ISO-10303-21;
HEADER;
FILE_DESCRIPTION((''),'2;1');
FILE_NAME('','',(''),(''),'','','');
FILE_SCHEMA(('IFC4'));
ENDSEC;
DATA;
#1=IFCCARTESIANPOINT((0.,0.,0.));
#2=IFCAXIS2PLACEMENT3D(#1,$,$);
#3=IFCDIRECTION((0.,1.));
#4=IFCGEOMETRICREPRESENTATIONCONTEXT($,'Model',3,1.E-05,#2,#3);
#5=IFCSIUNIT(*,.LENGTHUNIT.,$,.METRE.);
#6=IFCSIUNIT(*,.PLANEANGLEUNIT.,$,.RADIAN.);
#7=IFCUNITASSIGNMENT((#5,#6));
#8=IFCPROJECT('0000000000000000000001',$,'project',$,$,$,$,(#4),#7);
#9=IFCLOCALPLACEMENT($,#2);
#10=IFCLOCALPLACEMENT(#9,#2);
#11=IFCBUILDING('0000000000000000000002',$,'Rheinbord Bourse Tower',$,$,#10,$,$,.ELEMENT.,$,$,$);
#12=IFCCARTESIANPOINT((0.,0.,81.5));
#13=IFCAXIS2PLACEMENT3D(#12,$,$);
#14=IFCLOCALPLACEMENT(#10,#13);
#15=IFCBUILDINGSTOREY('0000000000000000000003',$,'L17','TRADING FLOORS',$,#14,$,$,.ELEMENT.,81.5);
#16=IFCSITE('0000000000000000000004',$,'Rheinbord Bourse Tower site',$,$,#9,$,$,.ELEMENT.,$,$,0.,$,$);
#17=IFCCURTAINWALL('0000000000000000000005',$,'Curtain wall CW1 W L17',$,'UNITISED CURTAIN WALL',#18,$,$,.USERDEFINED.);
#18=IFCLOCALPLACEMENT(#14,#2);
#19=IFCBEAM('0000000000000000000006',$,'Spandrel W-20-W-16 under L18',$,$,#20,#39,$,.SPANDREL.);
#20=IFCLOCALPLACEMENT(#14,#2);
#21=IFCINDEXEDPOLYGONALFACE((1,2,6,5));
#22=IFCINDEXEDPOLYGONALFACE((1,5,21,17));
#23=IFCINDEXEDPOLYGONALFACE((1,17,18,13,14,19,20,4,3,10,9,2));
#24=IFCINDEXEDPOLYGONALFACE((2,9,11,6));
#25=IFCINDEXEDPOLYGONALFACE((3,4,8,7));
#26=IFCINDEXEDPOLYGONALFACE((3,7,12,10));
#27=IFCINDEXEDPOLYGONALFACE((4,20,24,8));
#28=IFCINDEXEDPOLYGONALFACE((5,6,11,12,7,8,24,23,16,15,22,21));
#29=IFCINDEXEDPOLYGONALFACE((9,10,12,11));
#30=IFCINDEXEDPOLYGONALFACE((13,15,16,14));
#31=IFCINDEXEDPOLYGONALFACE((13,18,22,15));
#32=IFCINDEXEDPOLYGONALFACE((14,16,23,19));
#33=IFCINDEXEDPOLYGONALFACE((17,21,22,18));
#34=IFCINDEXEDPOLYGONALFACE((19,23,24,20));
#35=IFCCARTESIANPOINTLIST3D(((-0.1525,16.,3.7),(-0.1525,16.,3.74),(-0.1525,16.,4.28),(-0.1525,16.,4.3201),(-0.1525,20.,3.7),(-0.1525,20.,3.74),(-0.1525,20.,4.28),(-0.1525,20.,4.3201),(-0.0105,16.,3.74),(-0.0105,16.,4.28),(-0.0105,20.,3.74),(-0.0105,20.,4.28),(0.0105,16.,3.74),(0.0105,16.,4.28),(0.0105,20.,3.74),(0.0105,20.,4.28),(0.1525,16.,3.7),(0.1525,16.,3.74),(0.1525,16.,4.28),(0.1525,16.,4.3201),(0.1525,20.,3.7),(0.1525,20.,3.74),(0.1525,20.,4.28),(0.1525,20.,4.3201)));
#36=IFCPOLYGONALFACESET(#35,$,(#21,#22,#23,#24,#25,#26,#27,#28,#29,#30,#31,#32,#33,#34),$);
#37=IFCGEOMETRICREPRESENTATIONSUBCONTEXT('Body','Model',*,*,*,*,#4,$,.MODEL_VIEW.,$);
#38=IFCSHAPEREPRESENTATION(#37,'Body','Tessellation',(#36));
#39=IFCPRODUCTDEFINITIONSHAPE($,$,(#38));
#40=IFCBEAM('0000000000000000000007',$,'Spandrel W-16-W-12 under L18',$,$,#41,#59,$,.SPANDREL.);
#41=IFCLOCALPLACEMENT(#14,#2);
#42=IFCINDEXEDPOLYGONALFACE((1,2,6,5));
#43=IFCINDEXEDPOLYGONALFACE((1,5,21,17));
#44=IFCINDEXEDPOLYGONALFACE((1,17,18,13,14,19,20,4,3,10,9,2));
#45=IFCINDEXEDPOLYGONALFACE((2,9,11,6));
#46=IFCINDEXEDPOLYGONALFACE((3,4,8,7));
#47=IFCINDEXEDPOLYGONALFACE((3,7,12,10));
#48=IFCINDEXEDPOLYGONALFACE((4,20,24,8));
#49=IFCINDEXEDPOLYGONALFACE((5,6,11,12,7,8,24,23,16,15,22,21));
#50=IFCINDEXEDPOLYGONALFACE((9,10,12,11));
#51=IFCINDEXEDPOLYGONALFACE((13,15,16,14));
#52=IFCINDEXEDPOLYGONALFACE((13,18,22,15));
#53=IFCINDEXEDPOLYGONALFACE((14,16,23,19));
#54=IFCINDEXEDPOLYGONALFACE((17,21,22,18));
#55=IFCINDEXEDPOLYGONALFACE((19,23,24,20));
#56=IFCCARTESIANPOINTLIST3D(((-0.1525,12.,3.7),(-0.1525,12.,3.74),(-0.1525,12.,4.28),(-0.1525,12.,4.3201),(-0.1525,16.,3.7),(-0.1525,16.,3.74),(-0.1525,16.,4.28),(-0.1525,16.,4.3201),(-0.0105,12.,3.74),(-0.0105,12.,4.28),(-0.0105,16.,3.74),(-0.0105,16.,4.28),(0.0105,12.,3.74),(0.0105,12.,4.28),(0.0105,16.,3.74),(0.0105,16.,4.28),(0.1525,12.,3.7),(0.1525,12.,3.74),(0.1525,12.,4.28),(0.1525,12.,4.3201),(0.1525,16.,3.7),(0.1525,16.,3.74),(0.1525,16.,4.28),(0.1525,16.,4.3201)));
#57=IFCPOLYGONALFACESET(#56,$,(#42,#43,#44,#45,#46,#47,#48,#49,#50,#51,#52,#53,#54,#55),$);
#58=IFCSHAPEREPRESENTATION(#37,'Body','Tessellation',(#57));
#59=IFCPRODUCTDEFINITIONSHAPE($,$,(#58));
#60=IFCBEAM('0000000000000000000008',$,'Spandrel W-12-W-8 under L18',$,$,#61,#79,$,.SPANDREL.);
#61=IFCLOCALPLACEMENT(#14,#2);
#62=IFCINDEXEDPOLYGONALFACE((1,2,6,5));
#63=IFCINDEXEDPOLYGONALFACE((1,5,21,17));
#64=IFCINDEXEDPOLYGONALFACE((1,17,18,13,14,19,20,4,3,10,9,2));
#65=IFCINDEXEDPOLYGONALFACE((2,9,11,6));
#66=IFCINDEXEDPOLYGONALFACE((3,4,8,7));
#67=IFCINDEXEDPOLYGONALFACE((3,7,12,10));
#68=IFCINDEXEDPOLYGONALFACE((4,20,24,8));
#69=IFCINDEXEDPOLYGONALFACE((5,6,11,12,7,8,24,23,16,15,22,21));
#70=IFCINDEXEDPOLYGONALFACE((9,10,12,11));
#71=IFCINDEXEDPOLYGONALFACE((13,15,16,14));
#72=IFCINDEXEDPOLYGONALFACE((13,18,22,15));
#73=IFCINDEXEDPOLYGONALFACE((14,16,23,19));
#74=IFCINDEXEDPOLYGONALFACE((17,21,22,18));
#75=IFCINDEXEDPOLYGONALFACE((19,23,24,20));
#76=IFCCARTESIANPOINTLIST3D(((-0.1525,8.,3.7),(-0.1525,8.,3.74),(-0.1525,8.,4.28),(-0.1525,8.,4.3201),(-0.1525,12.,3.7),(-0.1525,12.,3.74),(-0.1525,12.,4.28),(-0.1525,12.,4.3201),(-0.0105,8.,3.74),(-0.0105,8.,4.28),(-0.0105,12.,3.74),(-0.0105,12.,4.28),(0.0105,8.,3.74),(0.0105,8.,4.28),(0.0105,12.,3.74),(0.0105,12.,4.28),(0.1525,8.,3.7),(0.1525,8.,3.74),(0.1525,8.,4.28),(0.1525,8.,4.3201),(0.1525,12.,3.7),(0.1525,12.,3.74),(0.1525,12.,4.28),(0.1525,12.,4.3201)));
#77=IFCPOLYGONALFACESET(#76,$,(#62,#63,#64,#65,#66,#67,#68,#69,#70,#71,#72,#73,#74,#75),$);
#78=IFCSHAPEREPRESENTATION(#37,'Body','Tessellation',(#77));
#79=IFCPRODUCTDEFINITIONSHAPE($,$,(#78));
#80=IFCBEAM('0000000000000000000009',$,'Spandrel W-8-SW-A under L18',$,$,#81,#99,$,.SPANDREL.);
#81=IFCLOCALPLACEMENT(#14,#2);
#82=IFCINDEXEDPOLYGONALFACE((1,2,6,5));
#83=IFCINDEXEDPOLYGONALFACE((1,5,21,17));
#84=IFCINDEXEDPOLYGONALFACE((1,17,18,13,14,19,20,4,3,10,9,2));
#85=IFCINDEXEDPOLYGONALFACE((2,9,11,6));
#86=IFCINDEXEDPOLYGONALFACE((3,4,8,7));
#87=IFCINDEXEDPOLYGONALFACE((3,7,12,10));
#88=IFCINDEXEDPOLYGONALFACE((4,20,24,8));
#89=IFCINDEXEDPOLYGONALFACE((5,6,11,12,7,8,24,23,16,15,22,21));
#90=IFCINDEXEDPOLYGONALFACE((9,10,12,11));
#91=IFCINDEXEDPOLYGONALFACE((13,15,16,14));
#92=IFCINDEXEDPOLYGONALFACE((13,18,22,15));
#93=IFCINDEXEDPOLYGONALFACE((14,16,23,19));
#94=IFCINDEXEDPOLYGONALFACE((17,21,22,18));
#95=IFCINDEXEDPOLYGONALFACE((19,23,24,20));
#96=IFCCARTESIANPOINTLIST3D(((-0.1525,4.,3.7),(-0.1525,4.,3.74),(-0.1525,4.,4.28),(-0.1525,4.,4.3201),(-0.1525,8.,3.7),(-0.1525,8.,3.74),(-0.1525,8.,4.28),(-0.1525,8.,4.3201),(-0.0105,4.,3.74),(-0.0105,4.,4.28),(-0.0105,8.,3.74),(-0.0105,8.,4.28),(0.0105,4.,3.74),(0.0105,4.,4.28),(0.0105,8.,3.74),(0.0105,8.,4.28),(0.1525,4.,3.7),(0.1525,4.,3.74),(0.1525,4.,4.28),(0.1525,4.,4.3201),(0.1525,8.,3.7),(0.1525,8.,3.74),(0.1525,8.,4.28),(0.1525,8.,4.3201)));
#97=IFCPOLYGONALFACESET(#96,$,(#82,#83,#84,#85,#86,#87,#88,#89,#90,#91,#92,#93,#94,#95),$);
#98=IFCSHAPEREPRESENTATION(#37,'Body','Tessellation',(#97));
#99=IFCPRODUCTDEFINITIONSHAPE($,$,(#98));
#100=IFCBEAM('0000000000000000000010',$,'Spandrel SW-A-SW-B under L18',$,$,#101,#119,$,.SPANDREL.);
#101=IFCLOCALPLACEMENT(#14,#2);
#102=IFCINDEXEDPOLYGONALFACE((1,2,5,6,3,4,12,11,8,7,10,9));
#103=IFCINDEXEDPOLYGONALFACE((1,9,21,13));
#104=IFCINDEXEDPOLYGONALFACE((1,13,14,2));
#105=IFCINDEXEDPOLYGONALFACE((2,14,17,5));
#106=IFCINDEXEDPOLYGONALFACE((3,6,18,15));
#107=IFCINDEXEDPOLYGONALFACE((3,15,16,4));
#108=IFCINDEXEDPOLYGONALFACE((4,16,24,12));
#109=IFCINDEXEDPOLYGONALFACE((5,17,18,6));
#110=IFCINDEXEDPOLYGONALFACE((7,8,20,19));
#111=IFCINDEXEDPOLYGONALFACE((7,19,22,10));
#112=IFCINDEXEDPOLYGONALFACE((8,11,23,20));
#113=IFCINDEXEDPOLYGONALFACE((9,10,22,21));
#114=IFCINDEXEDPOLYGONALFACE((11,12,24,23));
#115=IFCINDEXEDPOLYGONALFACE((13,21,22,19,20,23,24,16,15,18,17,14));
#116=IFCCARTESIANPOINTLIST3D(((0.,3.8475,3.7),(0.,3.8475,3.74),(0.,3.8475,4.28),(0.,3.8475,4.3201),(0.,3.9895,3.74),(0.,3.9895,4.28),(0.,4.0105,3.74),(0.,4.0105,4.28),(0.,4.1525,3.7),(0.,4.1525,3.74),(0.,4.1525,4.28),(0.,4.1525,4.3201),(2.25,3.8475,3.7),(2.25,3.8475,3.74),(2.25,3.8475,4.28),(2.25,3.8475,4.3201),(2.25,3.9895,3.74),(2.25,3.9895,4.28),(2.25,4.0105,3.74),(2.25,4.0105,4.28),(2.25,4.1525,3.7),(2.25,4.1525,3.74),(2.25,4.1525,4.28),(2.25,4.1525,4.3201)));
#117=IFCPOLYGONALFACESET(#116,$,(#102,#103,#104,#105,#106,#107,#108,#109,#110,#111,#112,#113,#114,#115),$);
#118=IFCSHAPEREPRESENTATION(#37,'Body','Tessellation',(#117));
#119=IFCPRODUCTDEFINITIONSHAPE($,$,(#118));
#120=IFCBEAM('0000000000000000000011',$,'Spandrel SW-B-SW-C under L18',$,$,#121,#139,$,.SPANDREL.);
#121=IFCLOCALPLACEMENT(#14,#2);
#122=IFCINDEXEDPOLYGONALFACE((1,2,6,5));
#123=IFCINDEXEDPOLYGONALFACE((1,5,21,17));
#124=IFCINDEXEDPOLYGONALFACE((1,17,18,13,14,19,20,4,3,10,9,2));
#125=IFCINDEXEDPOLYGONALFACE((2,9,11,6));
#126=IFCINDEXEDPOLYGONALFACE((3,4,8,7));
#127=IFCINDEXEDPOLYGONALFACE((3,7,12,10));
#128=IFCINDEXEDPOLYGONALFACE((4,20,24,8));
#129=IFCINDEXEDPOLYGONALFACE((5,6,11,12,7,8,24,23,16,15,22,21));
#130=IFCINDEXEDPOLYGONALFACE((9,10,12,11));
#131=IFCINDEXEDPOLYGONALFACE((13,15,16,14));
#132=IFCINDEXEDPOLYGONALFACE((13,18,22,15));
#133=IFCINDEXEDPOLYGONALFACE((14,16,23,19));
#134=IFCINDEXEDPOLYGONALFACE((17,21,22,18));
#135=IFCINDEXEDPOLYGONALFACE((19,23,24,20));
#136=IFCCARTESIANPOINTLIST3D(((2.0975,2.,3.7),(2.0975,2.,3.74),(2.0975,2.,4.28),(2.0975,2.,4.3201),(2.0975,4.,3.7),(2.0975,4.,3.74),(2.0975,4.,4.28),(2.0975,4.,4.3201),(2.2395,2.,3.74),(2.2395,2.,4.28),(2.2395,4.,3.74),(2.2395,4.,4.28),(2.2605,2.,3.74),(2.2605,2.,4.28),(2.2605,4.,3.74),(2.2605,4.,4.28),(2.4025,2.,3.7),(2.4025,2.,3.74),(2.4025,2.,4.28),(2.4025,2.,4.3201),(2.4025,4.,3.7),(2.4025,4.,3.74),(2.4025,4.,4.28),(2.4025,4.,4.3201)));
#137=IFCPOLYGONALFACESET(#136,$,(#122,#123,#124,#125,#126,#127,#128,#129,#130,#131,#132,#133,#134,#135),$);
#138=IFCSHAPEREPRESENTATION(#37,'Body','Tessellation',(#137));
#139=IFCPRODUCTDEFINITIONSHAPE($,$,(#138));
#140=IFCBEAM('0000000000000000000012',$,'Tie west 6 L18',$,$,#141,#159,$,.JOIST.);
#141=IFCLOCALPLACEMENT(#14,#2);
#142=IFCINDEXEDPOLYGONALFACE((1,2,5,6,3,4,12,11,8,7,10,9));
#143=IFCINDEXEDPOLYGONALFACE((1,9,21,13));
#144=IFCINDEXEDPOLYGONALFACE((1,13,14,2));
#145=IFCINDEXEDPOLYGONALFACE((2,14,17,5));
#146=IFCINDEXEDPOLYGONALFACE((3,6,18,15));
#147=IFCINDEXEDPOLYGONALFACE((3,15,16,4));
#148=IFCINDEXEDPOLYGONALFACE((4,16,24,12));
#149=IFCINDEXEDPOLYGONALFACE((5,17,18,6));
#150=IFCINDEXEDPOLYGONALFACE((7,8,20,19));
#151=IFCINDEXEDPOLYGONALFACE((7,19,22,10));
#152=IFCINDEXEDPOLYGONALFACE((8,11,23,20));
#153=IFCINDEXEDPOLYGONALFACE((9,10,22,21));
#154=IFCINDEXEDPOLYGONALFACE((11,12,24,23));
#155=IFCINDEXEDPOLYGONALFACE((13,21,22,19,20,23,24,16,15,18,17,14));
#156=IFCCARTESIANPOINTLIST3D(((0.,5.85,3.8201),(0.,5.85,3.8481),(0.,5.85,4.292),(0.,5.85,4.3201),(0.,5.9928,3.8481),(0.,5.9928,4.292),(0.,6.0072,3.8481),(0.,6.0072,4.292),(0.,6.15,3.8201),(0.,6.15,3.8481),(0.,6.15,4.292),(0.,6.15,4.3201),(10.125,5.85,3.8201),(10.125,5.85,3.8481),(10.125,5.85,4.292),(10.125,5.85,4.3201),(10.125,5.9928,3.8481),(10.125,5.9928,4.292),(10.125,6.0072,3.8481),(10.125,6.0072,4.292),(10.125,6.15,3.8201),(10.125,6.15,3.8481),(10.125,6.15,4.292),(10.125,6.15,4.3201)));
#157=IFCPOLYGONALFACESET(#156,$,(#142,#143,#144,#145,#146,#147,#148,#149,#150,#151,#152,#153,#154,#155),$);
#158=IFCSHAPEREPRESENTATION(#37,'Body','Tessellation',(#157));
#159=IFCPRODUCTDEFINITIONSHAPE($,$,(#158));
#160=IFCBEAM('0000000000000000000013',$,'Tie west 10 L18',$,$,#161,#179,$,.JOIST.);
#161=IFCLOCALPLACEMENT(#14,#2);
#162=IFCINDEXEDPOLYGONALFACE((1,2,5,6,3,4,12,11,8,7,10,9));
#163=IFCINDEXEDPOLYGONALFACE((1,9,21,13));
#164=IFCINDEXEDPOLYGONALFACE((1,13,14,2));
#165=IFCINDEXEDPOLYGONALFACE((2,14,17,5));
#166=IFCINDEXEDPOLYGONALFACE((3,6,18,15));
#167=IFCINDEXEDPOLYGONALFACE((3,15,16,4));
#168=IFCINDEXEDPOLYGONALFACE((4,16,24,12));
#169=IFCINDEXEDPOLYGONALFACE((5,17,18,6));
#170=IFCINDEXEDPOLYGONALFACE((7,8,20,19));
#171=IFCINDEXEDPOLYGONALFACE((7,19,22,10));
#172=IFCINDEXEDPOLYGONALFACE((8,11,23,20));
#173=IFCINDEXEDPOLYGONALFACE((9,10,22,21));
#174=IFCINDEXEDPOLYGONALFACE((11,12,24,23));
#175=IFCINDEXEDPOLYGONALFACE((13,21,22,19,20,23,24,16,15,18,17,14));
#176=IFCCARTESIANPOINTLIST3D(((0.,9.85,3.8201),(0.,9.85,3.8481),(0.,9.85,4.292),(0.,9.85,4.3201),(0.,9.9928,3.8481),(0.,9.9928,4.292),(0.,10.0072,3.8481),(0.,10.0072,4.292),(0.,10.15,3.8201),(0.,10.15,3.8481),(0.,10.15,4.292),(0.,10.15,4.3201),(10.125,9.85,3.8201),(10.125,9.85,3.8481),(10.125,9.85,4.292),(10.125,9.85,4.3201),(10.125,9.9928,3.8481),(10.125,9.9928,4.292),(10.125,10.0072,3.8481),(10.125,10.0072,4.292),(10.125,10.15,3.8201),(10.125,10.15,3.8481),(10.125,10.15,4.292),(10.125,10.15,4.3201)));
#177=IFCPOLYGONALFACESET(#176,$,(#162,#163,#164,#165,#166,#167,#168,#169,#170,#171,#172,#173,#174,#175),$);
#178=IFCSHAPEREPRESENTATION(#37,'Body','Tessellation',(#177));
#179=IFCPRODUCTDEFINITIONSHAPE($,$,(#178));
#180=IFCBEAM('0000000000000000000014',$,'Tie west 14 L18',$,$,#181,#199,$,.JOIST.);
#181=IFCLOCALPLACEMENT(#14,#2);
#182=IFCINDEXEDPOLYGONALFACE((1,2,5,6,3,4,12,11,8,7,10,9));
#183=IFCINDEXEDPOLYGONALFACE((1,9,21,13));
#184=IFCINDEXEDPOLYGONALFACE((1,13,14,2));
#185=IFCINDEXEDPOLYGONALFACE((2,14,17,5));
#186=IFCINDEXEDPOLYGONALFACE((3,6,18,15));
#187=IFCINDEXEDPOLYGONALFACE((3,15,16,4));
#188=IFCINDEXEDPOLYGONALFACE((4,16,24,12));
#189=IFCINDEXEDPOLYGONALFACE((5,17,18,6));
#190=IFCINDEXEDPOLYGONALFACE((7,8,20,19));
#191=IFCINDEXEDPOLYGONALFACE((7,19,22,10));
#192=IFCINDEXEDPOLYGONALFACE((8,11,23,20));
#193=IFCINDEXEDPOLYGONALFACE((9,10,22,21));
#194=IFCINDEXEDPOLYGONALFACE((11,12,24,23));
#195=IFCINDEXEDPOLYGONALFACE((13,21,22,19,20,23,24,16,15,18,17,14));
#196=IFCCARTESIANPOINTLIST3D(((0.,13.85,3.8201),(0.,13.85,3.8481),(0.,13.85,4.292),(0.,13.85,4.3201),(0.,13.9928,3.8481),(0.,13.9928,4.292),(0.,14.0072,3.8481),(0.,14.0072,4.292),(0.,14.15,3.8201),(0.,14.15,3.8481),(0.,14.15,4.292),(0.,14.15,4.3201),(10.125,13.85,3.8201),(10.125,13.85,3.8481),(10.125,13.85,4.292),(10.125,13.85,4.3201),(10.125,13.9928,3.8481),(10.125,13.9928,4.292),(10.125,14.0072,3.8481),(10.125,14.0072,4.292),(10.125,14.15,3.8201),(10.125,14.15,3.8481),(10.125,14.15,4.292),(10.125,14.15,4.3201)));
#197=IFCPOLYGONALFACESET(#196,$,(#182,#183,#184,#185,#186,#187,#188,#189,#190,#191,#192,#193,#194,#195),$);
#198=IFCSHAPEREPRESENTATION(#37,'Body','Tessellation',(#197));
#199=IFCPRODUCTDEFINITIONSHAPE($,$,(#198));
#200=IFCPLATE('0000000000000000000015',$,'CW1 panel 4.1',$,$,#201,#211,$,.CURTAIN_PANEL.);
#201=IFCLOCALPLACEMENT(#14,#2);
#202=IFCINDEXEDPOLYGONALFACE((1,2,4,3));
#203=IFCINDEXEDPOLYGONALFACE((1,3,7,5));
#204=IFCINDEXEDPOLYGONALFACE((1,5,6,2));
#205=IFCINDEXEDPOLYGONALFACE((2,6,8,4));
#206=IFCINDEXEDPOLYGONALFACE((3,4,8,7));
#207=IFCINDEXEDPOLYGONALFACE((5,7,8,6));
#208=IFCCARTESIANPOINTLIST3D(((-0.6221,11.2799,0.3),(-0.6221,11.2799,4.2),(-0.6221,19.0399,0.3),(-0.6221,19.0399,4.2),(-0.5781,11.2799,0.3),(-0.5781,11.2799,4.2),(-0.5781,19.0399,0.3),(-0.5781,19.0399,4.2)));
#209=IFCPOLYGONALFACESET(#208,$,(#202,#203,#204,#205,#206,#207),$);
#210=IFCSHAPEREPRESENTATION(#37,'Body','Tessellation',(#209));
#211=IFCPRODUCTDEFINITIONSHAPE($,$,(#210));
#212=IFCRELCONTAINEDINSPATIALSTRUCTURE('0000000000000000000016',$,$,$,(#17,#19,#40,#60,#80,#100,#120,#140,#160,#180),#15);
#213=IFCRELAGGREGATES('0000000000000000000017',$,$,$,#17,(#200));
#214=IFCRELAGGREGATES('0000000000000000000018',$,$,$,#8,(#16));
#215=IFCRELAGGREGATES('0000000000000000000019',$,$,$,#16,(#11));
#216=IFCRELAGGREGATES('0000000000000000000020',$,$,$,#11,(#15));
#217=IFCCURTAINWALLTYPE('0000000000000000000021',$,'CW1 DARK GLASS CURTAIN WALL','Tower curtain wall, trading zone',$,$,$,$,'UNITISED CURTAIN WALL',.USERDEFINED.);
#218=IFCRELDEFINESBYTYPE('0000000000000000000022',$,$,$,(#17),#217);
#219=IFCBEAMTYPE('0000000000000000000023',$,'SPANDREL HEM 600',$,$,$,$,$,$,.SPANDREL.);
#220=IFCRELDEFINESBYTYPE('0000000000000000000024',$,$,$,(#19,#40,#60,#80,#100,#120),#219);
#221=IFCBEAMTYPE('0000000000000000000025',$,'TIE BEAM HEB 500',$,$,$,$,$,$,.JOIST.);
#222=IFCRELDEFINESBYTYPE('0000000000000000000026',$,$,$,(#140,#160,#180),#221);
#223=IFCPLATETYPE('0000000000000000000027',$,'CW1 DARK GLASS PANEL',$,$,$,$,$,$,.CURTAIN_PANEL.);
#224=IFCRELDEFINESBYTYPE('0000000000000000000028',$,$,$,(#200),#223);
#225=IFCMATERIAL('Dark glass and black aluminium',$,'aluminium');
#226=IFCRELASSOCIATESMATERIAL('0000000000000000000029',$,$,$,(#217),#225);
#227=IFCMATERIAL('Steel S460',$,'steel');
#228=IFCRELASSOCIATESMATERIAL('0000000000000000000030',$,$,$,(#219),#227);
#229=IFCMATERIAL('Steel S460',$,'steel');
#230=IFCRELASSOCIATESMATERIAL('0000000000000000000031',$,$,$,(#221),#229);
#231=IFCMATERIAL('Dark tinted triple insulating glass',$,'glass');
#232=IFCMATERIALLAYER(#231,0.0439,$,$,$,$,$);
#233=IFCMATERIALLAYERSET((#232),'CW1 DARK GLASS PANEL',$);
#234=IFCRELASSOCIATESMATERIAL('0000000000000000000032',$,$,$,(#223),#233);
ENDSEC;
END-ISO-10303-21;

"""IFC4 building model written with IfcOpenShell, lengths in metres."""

from ifc_helpers import new_model, si_unit, direction, frame, origin, origin_2d, place, context, subcontext, project, spatial, rectangle, i_section, extrude, material, layer, layer_set, material_profile, profile_set, type_object, element, aggregate, save


model = new_model("IFC4")

# Units and contexts
model_context = context("Model", 3, precision=1e-05, world=origin(), true_north=direction((0.0, 1.0)))
body_context = subcontext(model_context, "Body", "Model", "MODEL_VIEW")
ifc_project = project(units=[si_unit("LENGTHUNIT", "METRE"), si_unit("PLANEANGLEUNIT", "RADIAN")], contexts=[model_context])

# Site, building, storey
site_placement = place(None, origin())
site = spatial("IfcSite", under=ifc_project, at=site_placement, Name="Rheinbord Bourse Tower site", CompositionType="ELEMENT", RefElevation=0.0)
building_placement = place(site_placement, origin())
building = spatial("IfcBuilding", under=site, at=building_placement, Name="Rheinbord Bourse Tower", CompositionType="ELEMENT")
storey_placement = place(building_placement, frame((0.0, 0.0, 81.5)))
storey = spatial("IfcBuildingStorey", under=building, at=storey_placement, Name="L17", Description="TRADING FLOORS", CompositionType="ELEMENT", Elevation=81.5)

# Curtain wall
ifc_material_1 = material(Name="Dark glass and black aluminium", Category="aluminium")
curtain_wall_type = type_object("IfcCurtainWallType", Name="CW1 DARK GLASS CURTAIN WALL", Description="Tower curtain wall, trading zone", ElementType="UNITISED CURTAIN WALL", PredefinedType="USERDEFINED", material=ifc_material_1)
curtain_wall_placement = place(storey_placement, origin())
curtain_wall = element("IfcCurtainWall", 1, at=curtain_wall_placement, inside=storey, type_object=curtain_wall_type, Name="Curtain wall CW1 W L17", ObjectType="UNITISED CURTAIN WALL", PredefinedType="USERDEFINED")

# Beams
ifc_material_2 = material(Name="Steel S460", Category="steel")
ifc_material_profile_1 = material_profile(ifc_material_2, i_section(OverallWidth=0.3049, OverallDepth=0.6201, WebThickness=0.021, FlangeThickness=0.04, at=origin_2d()), Name="HEM 600")
ifc_profile_set_1 = profile_set([ifc_material_profile_1], Name="Steel S460")
beam_type_1 = type_object("IfcBeamType", Name="SPANDREL HEM 600", PredefinedType="SPANDREL", material=ifc_profile_set_1)
for number, where, z_axis, x_axis, name in (
    (2, (0.0, 20.0, 4.01), (0.0, -1.0, 0.0), (1.0, 0.0, 0.0), "Spandrel W-20-W-16 under L18"),
    (3, (0.0, 16.0, 4.01), (0.0, -1.0, 0.0), (1.0, 0.0, 0.0), "Spandrel W-16-W-12 under L18"),
    (4, (0.0, 12.0, 4.01), (0.0, -1.0, 0.0), (1.0, 0.0, 0.0), "Spandrel W-12-W-8 under L18"),
    (5, (0.0, 8.0, 4.01), (0.0, -1.0, 0.0), (1.0, 0.0, 0.0), "Spandrel W-8-SW-A under L18"),
):
    element("IfcBeam", number, at=place(storey_placement, frame(where, z_axis=z_axis, x_axis=x_axis)), inside=storey, type_object=beam_type_1, Name=name, PredefinedType="SPANDREL", context=body_context, shape_type="SweptSolid", body=[
        extrude(i_section(OverallWidth=0.3049, OverallDepth=0.6201, WebThickness=0.021, FlangeThickness=0.04, at=origin_2d()), origin(), (0.0, 0.0, 1.0), 4.0),
    ])
beam_1_placement = place(storey_placement, frame((0.0, 4.0, 4.01), z_axis=(1.0, 0.0, 0.0), x_axis=(0.0, 1.0, 0.0)))
element("IfcBeam", 6, at=beam_1_placement, inside=storey, type_object=beam_type_1, Name="Spandrel SW-A-SW-B under L18", PredefinedType="SPANDREL", context=body_context, shape_type="SweptSolid", body=[
    extrude(i_section(OverallWidth=0.3049, OverallDepth=0.6201, WebThickness=0.021, FlangeThickness=0.04, at=origin_2d()), origin(), (0.0, 0.0, 1.0), 2.25),
])
beam_2_placement = place(storey_placement, frame((2.25, 4.0, 4.01), z_axis=(0.0, -1.0, 0.0), x_axis=(1.0, 0.0, 0.0)))
element("IfcBeam", 7, at=beam_2_placement, inside=storey, type_object=beam_type_1, Name="Spandrel SW-B-SW-C under L18", PredefinedType="SPANDREL", context=body_context, shape_type="SweptSolid", body=[
    extrude(i_section(OverallWidth=0.3049, OverallDepth=0.6201, WebThickness=0.021, FlangeThickness=0.04, at=origin_2d()), origin(), (0.0, 0.0, 1.0), 2.0),
])
ifc_material_3 = material(Name="Steel S460", Category="steel")
ifc_material_profile_2 = material_profile(ifc_material_3, i_section(OverallWidth=0.3, OverallDepth=0.5, WebThickness=0.0144, FlangeThickness=0.0281, at=origin_2d()), Name="HEB 500")
ifc_profile_set_2 = profile_set([ifc_material_profile_2], Name="Steel S460")
beam_type_2 = type_object("IfcBeamType", Name="TIE BEAM HEB 500", PredefinedType="JOIST", material=ifc_profile_set_2)
for number, where, z_axis, x_axis, name in (
    (8, (0.0, 6.0, 4.0701), (1.0, 0.0, 0.0), (0.0, 1.0, 0.0), "Tie west 6 L18"),
    (9, (0.0, 10.0, 4.0701), (1.0, 0.0, 0.0), (0.0, 1.0, 0.0), "Tie west 10 L18"),
    (10, (0.0, 14.0, 4.0701), (1.0, 0.0, 0.0), (0.0, 1.0, 0.0), "Tie west 14 L18"),
):
    element("IfcBeam", number, at=place(storey_placement, frame(where, z_axis=z_axis, x_axis=x_axis)), inside=storey, type_object=beam_type_2, Name=name, PredefinedType="JOIST", context=body_context, shape_type="SweptSolid", body=[
        extrude(i_section(OverallWidth=0.3, OverallDepth=0.5, WebThickness=0.0144, FlangeThickness=0.0281, at=origin_2d()), origin(), (0.0, 0.0, 1.0), 10.125),
    ])

# Plate
ifc_material_4 = material(Name="Dark tinted triple insulating glass", Category="glass")
ifc_layer_1 = layer(ifc_material_4, 0.0439)
ifc_layer_set_1 = layer_set([ifc_layer_1], Name="CW1 DARK GLASS PANEL")
plate_type = type_object("IfcPlateType", Name="CW1 DARK GLASS PANEL", PredefinedType="CURTAIN_PANEL", material=ifc_layer_set_1)
plate_1_placement = place(storey_placement, frame((-0.6001, 15.1599, 0.3), z_axis=(0.0, 0.0, 1.0), x_axis=(0.0, -1.0, 0.0)))
plate_1 = element("IfcPlate", 11, at=plate_1_placement, type_object=plate_type, Name="CW1 panel 4.1", PredefinedType="CURTAIN_PANEL", context=body_context, shape_type="SweptSolid", body=[
    extrude(rectangle(XDim=7.76, YDim=0.0439, at=origin_2d()), origin(), (0.0, 0.0, 1.0), 3.8999),
])
aggregate(curtain_wall, [plate_1])

save(model, "model.ifc")
